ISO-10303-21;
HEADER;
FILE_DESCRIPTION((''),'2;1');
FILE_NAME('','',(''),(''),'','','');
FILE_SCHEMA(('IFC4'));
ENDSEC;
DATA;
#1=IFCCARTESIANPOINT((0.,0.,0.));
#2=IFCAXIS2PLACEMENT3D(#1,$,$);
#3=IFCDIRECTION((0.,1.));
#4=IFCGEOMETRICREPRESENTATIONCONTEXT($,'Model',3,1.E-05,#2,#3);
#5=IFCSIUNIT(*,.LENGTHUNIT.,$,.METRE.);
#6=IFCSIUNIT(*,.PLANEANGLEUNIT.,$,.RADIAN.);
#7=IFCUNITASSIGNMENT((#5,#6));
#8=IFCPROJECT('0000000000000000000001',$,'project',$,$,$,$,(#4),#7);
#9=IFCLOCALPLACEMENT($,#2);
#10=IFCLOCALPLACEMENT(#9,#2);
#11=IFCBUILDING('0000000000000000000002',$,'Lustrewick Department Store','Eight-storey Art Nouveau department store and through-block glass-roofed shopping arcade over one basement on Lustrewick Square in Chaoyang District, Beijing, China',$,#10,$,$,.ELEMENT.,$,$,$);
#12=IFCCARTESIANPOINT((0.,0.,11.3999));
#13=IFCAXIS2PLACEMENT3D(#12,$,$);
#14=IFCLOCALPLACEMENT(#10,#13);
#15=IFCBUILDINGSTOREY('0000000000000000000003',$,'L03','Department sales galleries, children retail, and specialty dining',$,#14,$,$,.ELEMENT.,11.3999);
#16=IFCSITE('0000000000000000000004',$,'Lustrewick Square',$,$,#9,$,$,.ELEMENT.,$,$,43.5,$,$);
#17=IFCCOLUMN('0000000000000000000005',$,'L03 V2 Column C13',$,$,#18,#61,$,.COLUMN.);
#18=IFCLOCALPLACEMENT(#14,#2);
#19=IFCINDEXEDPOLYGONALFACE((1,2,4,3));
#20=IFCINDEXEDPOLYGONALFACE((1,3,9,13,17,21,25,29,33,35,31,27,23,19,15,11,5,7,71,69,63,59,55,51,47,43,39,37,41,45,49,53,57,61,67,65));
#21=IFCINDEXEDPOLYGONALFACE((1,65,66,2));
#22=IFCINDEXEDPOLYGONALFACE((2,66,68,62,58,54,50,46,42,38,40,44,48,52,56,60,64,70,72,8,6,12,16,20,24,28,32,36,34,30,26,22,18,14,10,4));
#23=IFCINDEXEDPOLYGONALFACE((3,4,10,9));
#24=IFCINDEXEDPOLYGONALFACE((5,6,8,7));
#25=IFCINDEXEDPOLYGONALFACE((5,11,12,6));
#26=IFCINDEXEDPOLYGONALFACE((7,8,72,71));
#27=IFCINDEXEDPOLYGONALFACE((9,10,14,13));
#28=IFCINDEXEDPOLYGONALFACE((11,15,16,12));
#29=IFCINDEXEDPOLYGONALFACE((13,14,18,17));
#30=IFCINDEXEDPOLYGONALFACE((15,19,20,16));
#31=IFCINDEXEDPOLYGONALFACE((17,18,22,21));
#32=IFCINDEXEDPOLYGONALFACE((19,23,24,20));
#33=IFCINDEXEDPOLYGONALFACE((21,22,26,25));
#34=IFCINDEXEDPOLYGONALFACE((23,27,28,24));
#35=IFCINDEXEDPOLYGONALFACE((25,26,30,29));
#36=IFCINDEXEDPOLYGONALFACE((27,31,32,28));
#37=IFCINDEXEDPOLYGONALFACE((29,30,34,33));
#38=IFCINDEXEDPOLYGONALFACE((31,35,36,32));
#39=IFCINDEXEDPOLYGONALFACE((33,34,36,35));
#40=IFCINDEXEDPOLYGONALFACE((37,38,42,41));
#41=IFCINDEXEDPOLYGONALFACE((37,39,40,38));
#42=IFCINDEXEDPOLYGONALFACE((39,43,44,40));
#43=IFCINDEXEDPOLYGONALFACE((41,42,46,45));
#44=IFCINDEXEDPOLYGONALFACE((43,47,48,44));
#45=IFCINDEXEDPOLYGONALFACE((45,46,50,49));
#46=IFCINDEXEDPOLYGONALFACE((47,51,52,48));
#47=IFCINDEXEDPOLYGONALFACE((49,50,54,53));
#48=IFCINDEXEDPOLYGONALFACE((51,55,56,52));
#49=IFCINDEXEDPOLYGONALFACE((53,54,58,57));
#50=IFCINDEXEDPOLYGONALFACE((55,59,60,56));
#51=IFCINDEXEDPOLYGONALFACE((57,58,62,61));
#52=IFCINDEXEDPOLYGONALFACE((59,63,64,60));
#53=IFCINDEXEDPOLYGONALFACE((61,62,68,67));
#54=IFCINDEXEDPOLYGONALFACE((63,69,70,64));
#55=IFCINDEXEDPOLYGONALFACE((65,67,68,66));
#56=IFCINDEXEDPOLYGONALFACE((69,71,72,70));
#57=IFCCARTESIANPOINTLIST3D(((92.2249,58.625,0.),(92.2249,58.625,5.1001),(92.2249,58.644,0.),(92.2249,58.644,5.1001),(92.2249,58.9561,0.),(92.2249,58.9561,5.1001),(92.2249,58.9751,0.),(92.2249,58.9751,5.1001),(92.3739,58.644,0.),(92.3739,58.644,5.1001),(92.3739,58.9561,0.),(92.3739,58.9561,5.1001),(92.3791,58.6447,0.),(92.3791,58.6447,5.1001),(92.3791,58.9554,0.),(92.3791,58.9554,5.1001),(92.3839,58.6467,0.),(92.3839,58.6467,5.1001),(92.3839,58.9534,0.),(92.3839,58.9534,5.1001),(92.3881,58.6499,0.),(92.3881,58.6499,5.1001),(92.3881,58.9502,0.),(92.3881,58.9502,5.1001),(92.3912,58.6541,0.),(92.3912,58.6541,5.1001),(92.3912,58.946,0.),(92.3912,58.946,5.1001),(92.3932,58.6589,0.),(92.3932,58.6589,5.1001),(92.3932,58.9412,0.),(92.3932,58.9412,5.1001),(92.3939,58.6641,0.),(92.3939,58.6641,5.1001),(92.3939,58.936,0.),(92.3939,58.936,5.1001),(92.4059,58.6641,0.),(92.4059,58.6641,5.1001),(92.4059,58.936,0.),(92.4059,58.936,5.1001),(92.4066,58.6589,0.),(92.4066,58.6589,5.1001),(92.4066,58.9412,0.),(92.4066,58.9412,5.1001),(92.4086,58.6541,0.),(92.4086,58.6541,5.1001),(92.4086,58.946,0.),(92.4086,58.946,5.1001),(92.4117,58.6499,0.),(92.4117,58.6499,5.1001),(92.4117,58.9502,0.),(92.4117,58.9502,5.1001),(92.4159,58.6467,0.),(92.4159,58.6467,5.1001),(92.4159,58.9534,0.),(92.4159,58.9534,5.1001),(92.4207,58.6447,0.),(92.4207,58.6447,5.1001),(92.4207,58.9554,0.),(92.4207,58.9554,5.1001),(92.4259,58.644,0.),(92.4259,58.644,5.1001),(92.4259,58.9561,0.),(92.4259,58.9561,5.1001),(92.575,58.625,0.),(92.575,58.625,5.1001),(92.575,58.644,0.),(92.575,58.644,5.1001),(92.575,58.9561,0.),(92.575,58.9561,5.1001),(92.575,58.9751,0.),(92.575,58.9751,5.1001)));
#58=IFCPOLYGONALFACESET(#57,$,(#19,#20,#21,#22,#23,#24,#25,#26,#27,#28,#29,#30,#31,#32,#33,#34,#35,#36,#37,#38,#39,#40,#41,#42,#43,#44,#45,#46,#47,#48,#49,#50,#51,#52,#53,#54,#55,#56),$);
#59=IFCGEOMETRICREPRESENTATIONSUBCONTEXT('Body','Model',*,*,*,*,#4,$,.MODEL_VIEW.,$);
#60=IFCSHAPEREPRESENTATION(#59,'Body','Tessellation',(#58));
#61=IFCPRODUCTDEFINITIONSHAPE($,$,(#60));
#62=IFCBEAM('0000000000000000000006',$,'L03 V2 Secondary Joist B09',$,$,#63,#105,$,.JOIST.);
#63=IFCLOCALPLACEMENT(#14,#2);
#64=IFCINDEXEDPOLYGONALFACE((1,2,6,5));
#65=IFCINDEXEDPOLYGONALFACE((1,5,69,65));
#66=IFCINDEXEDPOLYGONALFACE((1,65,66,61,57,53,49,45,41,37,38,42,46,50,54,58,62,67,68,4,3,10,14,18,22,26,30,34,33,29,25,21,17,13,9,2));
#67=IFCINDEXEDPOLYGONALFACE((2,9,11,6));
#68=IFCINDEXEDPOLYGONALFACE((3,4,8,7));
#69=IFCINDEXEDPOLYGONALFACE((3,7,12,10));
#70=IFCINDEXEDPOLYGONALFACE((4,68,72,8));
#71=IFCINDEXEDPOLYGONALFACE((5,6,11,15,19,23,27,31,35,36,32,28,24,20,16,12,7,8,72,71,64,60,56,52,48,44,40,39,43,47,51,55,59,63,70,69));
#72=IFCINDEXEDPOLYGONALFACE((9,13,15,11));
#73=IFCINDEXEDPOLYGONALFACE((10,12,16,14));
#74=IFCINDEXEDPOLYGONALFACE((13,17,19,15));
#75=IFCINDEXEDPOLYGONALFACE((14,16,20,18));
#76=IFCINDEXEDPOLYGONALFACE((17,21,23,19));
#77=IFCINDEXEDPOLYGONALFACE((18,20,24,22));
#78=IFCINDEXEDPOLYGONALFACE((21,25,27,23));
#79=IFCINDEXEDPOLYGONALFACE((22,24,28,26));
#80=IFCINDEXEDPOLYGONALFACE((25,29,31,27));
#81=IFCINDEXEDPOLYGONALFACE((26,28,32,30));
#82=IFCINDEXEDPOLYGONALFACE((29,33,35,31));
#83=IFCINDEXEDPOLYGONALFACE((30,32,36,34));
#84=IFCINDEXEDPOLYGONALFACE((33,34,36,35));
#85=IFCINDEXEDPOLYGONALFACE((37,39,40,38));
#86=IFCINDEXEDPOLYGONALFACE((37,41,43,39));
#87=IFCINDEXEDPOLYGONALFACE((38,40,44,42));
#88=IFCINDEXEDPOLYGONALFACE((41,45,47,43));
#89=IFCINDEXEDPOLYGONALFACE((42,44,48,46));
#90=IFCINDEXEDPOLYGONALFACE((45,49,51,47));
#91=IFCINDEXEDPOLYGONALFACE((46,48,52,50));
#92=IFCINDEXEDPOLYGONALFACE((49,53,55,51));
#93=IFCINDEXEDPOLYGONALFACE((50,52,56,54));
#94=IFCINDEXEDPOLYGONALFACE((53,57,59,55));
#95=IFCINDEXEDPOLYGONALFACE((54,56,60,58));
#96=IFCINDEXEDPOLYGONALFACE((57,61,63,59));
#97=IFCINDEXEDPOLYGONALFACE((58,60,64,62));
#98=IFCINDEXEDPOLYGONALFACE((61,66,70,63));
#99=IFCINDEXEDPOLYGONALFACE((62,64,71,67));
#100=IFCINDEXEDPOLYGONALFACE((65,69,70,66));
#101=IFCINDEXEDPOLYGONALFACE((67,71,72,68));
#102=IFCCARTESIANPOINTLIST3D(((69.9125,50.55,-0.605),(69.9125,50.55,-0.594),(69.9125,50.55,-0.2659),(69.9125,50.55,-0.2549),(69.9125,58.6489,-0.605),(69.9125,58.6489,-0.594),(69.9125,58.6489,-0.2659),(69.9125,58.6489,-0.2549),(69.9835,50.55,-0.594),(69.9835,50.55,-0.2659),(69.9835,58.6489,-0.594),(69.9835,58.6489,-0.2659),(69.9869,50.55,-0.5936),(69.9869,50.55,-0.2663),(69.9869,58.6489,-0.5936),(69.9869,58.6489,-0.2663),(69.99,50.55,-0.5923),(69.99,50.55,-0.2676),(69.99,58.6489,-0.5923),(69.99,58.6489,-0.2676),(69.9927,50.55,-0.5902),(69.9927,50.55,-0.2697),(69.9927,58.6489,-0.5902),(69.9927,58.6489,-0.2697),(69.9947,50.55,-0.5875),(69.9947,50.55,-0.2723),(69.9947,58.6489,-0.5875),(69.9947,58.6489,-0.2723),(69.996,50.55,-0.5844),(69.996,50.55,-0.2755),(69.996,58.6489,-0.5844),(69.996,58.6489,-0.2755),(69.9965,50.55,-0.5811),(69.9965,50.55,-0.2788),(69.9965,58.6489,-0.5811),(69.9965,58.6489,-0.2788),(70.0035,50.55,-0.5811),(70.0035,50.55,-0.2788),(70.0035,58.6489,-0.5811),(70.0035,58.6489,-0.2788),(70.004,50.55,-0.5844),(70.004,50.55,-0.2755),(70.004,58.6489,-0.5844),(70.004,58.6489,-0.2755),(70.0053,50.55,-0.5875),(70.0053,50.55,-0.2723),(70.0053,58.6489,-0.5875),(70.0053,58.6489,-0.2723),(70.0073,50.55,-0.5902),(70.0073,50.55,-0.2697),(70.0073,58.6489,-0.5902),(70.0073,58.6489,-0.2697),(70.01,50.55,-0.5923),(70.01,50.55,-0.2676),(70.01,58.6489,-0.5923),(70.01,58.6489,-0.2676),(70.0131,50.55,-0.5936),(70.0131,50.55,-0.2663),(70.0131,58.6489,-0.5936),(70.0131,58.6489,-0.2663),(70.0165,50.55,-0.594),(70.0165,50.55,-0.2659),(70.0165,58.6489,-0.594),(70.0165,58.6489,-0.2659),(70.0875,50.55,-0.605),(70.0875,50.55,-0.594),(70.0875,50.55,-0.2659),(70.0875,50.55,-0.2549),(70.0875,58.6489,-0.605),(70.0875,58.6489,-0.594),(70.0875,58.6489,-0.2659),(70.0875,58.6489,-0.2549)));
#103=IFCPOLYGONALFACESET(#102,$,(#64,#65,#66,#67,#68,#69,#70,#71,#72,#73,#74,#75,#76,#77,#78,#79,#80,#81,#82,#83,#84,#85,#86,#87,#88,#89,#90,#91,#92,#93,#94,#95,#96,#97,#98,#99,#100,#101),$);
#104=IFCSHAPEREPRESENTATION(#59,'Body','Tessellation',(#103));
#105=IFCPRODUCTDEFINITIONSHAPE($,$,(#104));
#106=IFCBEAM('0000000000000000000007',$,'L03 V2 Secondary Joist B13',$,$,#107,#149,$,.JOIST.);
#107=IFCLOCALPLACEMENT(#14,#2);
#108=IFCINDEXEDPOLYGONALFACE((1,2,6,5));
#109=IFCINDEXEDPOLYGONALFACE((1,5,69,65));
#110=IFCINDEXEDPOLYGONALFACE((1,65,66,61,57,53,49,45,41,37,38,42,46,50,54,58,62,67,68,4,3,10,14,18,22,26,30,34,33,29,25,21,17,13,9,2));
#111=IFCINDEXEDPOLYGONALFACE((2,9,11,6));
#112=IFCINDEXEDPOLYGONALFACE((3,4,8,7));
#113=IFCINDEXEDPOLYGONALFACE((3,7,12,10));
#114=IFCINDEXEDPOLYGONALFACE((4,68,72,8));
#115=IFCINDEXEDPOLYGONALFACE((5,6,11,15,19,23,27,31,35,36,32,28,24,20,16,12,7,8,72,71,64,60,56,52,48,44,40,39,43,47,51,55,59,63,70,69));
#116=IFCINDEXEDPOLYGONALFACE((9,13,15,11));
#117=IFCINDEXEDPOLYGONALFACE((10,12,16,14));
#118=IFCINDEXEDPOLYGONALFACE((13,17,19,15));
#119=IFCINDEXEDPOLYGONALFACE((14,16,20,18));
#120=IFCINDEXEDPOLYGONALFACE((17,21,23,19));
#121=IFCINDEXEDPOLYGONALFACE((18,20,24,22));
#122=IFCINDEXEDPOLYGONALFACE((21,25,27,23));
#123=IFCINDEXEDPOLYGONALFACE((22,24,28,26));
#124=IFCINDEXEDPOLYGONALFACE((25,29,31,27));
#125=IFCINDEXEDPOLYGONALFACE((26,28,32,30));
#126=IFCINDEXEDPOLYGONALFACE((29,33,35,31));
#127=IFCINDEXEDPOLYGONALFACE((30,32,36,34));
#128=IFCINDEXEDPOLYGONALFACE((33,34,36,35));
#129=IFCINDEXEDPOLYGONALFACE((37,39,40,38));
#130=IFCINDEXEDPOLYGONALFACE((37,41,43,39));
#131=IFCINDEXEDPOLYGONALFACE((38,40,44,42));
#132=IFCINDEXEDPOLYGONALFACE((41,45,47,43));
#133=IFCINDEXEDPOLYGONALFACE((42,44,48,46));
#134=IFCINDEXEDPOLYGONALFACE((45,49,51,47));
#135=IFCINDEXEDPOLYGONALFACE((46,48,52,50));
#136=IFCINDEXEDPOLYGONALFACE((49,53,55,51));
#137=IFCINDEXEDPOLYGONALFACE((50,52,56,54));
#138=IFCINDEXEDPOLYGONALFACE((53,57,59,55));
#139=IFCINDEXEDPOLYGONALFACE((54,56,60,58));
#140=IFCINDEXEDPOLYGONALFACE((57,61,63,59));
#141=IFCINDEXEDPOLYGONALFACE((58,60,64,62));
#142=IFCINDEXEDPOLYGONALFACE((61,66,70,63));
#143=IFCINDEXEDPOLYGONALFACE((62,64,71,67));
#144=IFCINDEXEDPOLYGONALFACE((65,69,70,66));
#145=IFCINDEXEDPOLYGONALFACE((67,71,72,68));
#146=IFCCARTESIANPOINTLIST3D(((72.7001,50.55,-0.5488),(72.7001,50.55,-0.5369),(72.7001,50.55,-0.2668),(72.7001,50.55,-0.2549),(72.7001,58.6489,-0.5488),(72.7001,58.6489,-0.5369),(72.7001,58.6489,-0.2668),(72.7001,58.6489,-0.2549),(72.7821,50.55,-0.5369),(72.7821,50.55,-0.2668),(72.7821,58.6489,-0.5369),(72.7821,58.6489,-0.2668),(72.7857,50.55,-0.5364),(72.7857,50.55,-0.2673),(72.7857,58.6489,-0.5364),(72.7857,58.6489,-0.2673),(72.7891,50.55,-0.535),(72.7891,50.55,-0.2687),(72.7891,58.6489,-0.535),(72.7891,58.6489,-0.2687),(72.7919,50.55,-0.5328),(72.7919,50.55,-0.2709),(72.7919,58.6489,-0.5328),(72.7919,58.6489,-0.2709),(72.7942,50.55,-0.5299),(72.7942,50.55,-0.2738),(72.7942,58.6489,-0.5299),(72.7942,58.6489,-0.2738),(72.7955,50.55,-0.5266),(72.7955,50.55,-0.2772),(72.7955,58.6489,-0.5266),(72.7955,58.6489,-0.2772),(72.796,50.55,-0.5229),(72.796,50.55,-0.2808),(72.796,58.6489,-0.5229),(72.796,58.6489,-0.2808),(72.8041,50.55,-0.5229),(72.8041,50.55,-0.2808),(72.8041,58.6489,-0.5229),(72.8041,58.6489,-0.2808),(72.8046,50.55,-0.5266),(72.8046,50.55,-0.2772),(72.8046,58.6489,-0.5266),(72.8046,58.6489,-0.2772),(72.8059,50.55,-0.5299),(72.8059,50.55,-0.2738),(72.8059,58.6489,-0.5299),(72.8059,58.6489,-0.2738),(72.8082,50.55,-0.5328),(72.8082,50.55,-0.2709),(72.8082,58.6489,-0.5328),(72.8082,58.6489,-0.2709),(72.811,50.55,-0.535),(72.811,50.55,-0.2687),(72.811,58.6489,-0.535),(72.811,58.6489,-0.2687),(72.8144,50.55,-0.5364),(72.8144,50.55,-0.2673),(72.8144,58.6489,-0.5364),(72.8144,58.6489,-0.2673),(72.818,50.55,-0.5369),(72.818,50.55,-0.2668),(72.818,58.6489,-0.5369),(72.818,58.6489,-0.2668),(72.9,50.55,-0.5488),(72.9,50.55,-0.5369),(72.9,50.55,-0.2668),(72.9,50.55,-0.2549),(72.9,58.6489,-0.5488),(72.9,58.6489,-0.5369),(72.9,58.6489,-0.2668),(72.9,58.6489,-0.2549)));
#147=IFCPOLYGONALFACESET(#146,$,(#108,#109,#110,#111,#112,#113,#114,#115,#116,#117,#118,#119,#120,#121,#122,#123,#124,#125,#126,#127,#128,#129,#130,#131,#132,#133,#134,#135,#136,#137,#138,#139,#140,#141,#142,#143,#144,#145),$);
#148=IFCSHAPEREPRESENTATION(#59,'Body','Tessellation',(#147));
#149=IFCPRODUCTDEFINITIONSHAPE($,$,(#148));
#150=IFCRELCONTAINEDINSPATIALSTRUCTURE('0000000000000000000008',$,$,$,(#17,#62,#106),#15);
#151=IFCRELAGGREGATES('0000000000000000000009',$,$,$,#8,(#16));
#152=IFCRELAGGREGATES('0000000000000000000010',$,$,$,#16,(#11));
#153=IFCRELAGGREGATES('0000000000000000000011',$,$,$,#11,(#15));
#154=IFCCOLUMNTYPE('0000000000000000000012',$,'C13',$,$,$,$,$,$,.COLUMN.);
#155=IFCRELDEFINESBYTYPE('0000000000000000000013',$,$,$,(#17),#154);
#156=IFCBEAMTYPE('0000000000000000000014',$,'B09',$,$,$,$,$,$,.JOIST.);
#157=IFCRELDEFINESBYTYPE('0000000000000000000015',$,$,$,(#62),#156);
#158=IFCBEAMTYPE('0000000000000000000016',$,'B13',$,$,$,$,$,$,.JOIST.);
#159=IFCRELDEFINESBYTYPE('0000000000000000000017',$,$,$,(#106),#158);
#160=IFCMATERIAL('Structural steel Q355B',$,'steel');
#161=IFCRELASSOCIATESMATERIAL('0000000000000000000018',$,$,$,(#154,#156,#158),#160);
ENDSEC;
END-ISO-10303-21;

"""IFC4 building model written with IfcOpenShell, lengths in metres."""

from ifc_helpers import new_model, si_unit, direction, frame, origin, origin_2d, place, context, subcontext, project, spatial, i_section, extrude, material, material_profile, profile_set, type_object, element, save


model = new_model("IFC4")

# Units and contexts
model_context = context("Model", 3, precision=1e-05, world=origin(), true_north=direction((0.0, 1.0)))
body_context = subcontext(model_context, "Body", "Model", "MODEL_VIEW")
ifc_project = project(units=[si_unit("LENGTHUNIT", "METRE"), si_unit("PLANEANGLEUNIT", "RADIAN")], contexts=[model_context])

# Site, building, storey
site_placement = place(None, origin())
site = spatial("IfcSite", under=ifc_project, at=site_placement, Name="Lustrewick Square", CompositionType="ELEMENT", RefElevation=43.5)
building_placement = place(site_placement, origin())
building = spatial("IfcBuilding", under=site, at=building_placement, Name="Lustrewick Department Store", Description="Eight-storey Art Nouveau department store and through-block glass-roofed shopping arcade over one basement on Lustrewick Square in Chaoyang District, Beijing, China", CompositionType="ELEMENT")
storey_placement = place(building_placement, frame((0.0, 0.0, 11.3999)))
storey = spatial("IfcBuildingStorey", under=building, at=storey_placement, Name="L03", Description="Department sales galleries, children retail, and specialty dining", CompositionType="ELEMENT", Elevation=11.3999)

# Column
ifc_material_1 = material(Name="Structural steel Q355B", Category="steel")
ifc_material_profile_1 = material_profile(ifc_material_1, i_section(OverallWidth=0.3501, OverallDepth=0.3501, WebThickness=0.012, FlangeThickness=0.019, FilletRadius=0.02, at=origin_2d()), Name="HW 350x350x12x19")
ifc_profile_set_1 = profile_set([ifc_material_profile_1], Name="Structural steel Q355B")
column_type_1 = type_object("IfcColumnType", Name="C13", PredefinedType="COLUMN", material=ifc_profile_set_1)
for number, where, z_axis, x_axis, name in (
    (1, (92.3999, 58.8, 0.0), (0.0, 0.0, 1.0), (1.0, 0.0, 0.0), "L03 V2 Column C13"),
):
    element("IfcColumn", number, at=place(storey_placement, frame(where, z_axis=z_axis, x_axis=x_axis)), inside=storey, type_object=column_type_1, Name=name, PredefinedType="COLUMN", context=body_context, shape_type="SweptSolid", body=[
        extrude(i_section(OverallWidth=0.3501, OverallDepth=0.3501, WebThickness=0.012, FlangeThickness=0.019, FilletRadius=0.02, at=origin_2d()), origin(), (0.0, 0.0, 1.0), 5.1001),
    ])

# Beams
ifc_material_profile_2 = material_profile(ifc_material_1, i_section(OverallWidth=0.175, OverallDepth=0.3501, WebThickness=0.0071, FlangeThickness=0.011, FilletRadius=0.0129, at=origin_2d()), Name="HN 350x175x7x11")
ifc_profile_set_2 = profile_set([ifc_material_profile_2], Name="Structural steel Q355B")
beam_type_1 = type_object("IfcBeamType", Name="B09", PredefinedType="JOIST", material=ifc_profile_set_2)
beam_1_placement = place(storey_placement, frame((70.0, 50.55, -0.4299), z_axis=(0.0, 1.0, 0.0), x_axis=(-1.0, 0.0, 0.0)))
element("IfcBeam", 2, at=beam_1_placement, inside=storey, type_object=beam_type_1, Name="L03 V2 Secondary Joist B09", PredefinedType="JOIST", context=body_context, shape_type="SweptSolid", body=[
    extrude(i_section(OverallWidth=0.175, OverallDepth=0.3501, WebThickness=0.0071, FlangeThickness=0.011, FilletRadius=0.0129, at=origin_2d()), origin(), (0.0, 0.0, 1.0), 8.0989),
])
ifc_material_profile_3 = material_profile(ifc_material_1, i_section(OverallWidth=0.2, OverallDepth=0.2939, WebThickness=0.0081, FlangeThickness=0.012, FilletRadius=0.0139, at=origin_2d()), Name="HM 294x200x8x12")
ifc_profile_set_3 = profile_set([ifc_material_profile_3], Name="Structural steel Q355B")
beam_type_2 = type_object("IfcBeamType", Name="B13", PredefinedType="JOIST", material=ifc_profile_set_3)
beam_2_placement = place(storey_placement, frame((72.8, 50.55, -0.4019), z_axis=(0.0, 1.0, 0.0), x_axis=(-1.0, 0.0, 0.0)))
element("IfcBeam", 3, at=beam_2_placement, inside=storey, type_object=beam_type_2, Name="L03 V2 Secondary Joist B13", PredefinedType="JOIST", context=body_context, shape_type="SweptSolid", body=[
    extrude(i_section(OverallWidth=0.2, OverallDepth=0.2939, WebThickness=0.0081, FlangeThickness=0.012, FilletRadius=0.0139, at=origin_2d()), origin(), (0.0, 0.0, 1.0), 8.0989),
])

save(model, "model.ifc")
